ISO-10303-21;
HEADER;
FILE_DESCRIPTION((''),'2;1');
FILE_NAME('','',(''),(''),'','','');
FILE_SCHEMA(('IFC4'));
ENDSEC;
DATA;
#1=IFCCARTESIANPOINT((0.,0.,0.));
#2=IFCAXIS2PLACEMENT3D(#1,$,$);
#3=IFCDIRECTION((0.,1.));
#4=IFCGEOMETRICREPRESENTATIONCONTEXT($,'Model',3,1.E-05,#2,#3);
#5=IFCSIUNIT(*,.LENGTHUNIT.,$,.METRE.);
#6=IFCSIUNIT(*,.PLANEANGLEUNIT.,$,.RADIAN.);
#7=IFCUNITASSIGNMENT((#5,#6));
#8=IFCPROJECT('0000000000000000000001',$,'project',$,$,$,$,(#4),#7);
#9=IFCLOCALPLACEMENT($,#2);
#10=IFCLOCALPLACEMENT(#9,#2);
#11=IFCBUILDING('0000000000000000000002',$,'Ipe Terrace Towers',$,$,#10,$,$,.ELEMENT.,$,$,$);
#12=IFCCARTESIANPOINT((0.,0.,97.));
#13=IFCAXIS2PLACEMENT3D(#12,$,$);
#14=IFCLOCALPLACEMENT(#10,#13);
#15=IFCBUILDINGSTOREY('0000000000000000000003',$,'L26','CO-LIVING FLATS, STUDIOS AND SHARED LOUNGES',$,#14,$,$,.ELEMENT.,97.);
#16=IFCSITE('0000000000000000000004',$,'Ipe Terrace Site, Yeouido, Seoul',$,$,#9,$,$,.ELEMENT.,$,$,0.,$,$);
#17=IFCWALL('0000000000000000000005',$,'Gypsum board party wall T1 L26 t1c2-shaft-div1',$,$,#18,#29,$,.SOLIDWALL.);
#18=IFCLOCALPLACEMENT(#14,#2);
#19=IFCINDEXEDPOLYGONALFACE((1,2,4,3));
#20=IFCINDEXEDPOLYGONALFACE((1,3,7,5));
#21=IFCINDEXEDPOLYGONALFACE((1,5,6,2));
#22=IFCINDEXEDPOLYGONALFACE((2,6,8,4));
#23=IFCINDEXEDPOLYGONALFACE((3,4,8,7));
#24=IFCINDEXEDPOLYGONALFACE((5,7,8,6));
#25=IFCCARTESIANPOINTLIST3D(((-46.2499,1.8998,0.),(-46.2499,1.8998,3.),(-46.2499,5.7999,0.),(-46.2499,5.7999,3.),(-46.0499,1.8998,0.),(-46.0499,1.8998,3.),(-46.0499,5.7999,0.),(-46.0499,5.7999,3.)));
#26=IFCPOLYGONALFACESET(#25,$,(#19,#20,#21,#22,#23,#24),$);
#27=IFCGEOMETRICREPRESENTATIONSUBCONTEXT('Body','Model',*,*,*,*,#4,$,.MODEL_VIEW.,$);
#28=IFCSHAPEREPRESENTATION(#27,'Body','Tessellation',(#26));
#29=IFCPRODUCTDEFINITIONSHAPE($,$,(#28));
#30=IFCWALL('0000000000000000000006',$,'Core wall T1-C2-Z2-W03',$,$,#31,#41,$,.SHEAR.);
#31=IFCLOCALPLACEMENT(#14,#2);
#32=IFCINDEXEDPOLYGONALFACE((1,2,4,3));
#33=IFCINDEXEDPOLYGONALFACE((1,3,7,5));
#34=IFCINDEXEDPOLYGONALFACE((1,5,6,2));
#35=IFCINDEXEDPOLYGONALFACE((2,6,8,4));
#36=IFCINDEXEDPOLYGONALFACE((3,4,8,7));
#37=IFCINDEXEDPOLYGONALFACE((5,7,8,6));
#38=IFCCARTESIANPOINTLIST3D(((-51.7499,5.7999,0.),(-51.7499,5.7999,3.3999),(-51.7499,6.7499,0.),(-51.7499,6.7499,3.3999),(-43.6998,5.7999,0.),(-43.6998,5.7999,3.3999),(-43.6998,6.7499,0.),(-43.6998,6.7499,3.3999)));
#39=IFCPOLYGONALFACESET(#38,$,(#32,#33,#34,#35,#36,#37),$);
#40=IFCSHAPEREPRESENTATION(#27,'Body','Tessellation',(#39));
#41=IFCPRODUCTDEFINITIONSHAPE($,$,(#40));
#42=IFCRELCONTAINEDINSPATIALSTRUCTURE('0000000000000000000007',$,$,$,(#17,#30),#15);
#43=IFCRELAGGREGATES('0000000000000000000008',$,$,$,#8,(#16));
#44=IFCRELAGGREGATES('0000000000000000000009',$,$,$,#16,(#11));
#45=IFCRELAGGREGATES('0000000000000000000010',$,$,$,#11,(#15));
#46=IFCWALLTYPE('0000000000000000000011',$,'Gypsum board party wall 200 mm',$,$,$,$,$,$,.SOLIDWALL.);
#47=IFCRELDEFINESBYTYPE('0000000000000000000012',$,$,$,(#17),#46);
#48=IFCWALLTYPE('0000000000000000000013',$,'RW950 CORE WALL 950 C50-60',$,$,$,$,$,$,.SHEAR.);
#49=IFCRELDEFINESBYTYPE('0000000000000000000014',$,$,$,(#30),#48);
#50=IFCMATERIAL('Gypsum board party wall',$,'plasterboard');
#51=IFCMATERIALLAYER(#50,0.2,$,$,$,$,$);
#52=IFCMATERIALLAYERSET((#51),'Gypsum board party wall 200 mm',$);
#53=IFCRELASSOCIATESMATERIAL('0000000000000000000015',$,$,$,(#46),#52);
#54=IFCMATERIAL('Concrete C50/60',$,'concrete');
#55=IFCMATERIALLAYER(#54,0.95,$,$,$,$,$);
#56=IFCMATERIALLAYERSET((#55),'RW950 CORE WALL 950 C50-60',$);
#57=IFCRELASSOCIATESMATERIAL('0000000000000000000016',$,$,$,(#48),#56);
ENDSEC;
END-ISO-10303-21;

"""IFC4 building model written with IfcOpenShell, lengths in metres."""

from ifc_helpers import new_model, si_unit, direction, frame, frame_2d, origin, place, context, subcontext, project, spatial, rectangle, extrude, material, layer, layer_set, type_object, element, save


model = new_model("IFC4")

# Units and contexts
model_context = context("Model", 3, precision=1e-05, world=origin(), true_north=direction((0.0, 1.0)))
body_context = subcontext(model_context, "Body", "Model", "MODEL_VIEW")
ifc_project = project(units=[si_unit("LENGTHUNIT", "METRE"), si_unit("PLANEANGLEUNIT", "RADIAN")], contexts=[model_context])

# Site, building, storey
site_placement = place(None, origin())
site = spatial("IfcSite", under=ifc_project, at=site_placement, Name="Ipe Terrace Site, Yeouido, Seoul", CompositionType="ELEMENT", RefElevation=0.0)
building_placement = place(site_placement, origin())
building = spatial("IfcBuilding", under=site, at=building_placement, Name="Ipe Terrace Towers", CompositionType="ELEMENT")
storey_placement = place(building_placement, frame((0.0, 0.0, 97.0)))
storey = spatial("IfcBuildingStorey", under=building, at=storey_placement, Name="L26", Description="CO-LIVING FLATS, STUDIOS AND SHARED LOUNGES", CompositionType="ELEMENT", Elevation=97.0)

# Walls
ifc_material_1 = material(Name="Gypsum board party wall", Category="plasterboard")
ifc_layer_1 = layer(ifc_material_1, 0.2)
ifc_layer_set_1 = layer_set([ifc_layer_1], Name="Gypsum board party wall 200 mm")
wall_type_1 = type_object("IfcWallType", Name="Gypsum board party wall 200 mm", PredefinedType="SOLIDWALL", material=ifc_layer_set_1)
wall_1_placement = place(storey_placement, frame((-46.1499, 5.8, 0.0), z_axis=(0.0, 0.0, 1.0), x_axis=(0.0, -1.0, 0.0)))
element("IfcWall", 1, at=wall_1_placement, inside=storey, type_object=wall_type_1, Name="Gypsum board party wall T1 L26 t1c2-shaft-div1", PredefinedType="SOLIDWALL", context=body_context, shape_type="SweptSolid", body=[
    extrude(rectangle(XDim=3.9001, YDim=0.2, at=frame_2d((1.9502, 0.0))), origin(), (0.0, 0.0, 1.0), 3.0),
])
ifc_material_2 = material(Name="Concrete C50/60", Category="concrete")
ifc_layer_2 = layer(ifc_material_2, 0.95)
ifc_layer_set_2 = layer_set([ifc_layer_2], Name="RW950 CORE WALL 950 C50-60")
wall_type_2 = type_object("IfcWallType", Name="RW950 CORE WALL 950 C50-60", PredefinedType="SHEAR", material=ifc_layer_set_2)
wall_2_placement = place(storey_placement, frame((-43.7, 6.2749, 0.0), z_axis=(0.0, 0.0, 1.0), x_axis=(-1.0, 0.0, 0.0)))
element("IfcWall", 2, at=wall_2_placement, inside=storey, type_object=wall_type_2, Name="Core wall T1-C2-Z2-W03", PredefinedType="SHEAR", context=body_context, shape_type="SweptSolid", body=[
    extrude(rectangle(XDim=8.05, YDim=0.95, at=frame_2d((4.0249, 0.0))), origin(), (0.0, 0.0, 1.0), 3.3999),
])

save(model, "model.ifc")
